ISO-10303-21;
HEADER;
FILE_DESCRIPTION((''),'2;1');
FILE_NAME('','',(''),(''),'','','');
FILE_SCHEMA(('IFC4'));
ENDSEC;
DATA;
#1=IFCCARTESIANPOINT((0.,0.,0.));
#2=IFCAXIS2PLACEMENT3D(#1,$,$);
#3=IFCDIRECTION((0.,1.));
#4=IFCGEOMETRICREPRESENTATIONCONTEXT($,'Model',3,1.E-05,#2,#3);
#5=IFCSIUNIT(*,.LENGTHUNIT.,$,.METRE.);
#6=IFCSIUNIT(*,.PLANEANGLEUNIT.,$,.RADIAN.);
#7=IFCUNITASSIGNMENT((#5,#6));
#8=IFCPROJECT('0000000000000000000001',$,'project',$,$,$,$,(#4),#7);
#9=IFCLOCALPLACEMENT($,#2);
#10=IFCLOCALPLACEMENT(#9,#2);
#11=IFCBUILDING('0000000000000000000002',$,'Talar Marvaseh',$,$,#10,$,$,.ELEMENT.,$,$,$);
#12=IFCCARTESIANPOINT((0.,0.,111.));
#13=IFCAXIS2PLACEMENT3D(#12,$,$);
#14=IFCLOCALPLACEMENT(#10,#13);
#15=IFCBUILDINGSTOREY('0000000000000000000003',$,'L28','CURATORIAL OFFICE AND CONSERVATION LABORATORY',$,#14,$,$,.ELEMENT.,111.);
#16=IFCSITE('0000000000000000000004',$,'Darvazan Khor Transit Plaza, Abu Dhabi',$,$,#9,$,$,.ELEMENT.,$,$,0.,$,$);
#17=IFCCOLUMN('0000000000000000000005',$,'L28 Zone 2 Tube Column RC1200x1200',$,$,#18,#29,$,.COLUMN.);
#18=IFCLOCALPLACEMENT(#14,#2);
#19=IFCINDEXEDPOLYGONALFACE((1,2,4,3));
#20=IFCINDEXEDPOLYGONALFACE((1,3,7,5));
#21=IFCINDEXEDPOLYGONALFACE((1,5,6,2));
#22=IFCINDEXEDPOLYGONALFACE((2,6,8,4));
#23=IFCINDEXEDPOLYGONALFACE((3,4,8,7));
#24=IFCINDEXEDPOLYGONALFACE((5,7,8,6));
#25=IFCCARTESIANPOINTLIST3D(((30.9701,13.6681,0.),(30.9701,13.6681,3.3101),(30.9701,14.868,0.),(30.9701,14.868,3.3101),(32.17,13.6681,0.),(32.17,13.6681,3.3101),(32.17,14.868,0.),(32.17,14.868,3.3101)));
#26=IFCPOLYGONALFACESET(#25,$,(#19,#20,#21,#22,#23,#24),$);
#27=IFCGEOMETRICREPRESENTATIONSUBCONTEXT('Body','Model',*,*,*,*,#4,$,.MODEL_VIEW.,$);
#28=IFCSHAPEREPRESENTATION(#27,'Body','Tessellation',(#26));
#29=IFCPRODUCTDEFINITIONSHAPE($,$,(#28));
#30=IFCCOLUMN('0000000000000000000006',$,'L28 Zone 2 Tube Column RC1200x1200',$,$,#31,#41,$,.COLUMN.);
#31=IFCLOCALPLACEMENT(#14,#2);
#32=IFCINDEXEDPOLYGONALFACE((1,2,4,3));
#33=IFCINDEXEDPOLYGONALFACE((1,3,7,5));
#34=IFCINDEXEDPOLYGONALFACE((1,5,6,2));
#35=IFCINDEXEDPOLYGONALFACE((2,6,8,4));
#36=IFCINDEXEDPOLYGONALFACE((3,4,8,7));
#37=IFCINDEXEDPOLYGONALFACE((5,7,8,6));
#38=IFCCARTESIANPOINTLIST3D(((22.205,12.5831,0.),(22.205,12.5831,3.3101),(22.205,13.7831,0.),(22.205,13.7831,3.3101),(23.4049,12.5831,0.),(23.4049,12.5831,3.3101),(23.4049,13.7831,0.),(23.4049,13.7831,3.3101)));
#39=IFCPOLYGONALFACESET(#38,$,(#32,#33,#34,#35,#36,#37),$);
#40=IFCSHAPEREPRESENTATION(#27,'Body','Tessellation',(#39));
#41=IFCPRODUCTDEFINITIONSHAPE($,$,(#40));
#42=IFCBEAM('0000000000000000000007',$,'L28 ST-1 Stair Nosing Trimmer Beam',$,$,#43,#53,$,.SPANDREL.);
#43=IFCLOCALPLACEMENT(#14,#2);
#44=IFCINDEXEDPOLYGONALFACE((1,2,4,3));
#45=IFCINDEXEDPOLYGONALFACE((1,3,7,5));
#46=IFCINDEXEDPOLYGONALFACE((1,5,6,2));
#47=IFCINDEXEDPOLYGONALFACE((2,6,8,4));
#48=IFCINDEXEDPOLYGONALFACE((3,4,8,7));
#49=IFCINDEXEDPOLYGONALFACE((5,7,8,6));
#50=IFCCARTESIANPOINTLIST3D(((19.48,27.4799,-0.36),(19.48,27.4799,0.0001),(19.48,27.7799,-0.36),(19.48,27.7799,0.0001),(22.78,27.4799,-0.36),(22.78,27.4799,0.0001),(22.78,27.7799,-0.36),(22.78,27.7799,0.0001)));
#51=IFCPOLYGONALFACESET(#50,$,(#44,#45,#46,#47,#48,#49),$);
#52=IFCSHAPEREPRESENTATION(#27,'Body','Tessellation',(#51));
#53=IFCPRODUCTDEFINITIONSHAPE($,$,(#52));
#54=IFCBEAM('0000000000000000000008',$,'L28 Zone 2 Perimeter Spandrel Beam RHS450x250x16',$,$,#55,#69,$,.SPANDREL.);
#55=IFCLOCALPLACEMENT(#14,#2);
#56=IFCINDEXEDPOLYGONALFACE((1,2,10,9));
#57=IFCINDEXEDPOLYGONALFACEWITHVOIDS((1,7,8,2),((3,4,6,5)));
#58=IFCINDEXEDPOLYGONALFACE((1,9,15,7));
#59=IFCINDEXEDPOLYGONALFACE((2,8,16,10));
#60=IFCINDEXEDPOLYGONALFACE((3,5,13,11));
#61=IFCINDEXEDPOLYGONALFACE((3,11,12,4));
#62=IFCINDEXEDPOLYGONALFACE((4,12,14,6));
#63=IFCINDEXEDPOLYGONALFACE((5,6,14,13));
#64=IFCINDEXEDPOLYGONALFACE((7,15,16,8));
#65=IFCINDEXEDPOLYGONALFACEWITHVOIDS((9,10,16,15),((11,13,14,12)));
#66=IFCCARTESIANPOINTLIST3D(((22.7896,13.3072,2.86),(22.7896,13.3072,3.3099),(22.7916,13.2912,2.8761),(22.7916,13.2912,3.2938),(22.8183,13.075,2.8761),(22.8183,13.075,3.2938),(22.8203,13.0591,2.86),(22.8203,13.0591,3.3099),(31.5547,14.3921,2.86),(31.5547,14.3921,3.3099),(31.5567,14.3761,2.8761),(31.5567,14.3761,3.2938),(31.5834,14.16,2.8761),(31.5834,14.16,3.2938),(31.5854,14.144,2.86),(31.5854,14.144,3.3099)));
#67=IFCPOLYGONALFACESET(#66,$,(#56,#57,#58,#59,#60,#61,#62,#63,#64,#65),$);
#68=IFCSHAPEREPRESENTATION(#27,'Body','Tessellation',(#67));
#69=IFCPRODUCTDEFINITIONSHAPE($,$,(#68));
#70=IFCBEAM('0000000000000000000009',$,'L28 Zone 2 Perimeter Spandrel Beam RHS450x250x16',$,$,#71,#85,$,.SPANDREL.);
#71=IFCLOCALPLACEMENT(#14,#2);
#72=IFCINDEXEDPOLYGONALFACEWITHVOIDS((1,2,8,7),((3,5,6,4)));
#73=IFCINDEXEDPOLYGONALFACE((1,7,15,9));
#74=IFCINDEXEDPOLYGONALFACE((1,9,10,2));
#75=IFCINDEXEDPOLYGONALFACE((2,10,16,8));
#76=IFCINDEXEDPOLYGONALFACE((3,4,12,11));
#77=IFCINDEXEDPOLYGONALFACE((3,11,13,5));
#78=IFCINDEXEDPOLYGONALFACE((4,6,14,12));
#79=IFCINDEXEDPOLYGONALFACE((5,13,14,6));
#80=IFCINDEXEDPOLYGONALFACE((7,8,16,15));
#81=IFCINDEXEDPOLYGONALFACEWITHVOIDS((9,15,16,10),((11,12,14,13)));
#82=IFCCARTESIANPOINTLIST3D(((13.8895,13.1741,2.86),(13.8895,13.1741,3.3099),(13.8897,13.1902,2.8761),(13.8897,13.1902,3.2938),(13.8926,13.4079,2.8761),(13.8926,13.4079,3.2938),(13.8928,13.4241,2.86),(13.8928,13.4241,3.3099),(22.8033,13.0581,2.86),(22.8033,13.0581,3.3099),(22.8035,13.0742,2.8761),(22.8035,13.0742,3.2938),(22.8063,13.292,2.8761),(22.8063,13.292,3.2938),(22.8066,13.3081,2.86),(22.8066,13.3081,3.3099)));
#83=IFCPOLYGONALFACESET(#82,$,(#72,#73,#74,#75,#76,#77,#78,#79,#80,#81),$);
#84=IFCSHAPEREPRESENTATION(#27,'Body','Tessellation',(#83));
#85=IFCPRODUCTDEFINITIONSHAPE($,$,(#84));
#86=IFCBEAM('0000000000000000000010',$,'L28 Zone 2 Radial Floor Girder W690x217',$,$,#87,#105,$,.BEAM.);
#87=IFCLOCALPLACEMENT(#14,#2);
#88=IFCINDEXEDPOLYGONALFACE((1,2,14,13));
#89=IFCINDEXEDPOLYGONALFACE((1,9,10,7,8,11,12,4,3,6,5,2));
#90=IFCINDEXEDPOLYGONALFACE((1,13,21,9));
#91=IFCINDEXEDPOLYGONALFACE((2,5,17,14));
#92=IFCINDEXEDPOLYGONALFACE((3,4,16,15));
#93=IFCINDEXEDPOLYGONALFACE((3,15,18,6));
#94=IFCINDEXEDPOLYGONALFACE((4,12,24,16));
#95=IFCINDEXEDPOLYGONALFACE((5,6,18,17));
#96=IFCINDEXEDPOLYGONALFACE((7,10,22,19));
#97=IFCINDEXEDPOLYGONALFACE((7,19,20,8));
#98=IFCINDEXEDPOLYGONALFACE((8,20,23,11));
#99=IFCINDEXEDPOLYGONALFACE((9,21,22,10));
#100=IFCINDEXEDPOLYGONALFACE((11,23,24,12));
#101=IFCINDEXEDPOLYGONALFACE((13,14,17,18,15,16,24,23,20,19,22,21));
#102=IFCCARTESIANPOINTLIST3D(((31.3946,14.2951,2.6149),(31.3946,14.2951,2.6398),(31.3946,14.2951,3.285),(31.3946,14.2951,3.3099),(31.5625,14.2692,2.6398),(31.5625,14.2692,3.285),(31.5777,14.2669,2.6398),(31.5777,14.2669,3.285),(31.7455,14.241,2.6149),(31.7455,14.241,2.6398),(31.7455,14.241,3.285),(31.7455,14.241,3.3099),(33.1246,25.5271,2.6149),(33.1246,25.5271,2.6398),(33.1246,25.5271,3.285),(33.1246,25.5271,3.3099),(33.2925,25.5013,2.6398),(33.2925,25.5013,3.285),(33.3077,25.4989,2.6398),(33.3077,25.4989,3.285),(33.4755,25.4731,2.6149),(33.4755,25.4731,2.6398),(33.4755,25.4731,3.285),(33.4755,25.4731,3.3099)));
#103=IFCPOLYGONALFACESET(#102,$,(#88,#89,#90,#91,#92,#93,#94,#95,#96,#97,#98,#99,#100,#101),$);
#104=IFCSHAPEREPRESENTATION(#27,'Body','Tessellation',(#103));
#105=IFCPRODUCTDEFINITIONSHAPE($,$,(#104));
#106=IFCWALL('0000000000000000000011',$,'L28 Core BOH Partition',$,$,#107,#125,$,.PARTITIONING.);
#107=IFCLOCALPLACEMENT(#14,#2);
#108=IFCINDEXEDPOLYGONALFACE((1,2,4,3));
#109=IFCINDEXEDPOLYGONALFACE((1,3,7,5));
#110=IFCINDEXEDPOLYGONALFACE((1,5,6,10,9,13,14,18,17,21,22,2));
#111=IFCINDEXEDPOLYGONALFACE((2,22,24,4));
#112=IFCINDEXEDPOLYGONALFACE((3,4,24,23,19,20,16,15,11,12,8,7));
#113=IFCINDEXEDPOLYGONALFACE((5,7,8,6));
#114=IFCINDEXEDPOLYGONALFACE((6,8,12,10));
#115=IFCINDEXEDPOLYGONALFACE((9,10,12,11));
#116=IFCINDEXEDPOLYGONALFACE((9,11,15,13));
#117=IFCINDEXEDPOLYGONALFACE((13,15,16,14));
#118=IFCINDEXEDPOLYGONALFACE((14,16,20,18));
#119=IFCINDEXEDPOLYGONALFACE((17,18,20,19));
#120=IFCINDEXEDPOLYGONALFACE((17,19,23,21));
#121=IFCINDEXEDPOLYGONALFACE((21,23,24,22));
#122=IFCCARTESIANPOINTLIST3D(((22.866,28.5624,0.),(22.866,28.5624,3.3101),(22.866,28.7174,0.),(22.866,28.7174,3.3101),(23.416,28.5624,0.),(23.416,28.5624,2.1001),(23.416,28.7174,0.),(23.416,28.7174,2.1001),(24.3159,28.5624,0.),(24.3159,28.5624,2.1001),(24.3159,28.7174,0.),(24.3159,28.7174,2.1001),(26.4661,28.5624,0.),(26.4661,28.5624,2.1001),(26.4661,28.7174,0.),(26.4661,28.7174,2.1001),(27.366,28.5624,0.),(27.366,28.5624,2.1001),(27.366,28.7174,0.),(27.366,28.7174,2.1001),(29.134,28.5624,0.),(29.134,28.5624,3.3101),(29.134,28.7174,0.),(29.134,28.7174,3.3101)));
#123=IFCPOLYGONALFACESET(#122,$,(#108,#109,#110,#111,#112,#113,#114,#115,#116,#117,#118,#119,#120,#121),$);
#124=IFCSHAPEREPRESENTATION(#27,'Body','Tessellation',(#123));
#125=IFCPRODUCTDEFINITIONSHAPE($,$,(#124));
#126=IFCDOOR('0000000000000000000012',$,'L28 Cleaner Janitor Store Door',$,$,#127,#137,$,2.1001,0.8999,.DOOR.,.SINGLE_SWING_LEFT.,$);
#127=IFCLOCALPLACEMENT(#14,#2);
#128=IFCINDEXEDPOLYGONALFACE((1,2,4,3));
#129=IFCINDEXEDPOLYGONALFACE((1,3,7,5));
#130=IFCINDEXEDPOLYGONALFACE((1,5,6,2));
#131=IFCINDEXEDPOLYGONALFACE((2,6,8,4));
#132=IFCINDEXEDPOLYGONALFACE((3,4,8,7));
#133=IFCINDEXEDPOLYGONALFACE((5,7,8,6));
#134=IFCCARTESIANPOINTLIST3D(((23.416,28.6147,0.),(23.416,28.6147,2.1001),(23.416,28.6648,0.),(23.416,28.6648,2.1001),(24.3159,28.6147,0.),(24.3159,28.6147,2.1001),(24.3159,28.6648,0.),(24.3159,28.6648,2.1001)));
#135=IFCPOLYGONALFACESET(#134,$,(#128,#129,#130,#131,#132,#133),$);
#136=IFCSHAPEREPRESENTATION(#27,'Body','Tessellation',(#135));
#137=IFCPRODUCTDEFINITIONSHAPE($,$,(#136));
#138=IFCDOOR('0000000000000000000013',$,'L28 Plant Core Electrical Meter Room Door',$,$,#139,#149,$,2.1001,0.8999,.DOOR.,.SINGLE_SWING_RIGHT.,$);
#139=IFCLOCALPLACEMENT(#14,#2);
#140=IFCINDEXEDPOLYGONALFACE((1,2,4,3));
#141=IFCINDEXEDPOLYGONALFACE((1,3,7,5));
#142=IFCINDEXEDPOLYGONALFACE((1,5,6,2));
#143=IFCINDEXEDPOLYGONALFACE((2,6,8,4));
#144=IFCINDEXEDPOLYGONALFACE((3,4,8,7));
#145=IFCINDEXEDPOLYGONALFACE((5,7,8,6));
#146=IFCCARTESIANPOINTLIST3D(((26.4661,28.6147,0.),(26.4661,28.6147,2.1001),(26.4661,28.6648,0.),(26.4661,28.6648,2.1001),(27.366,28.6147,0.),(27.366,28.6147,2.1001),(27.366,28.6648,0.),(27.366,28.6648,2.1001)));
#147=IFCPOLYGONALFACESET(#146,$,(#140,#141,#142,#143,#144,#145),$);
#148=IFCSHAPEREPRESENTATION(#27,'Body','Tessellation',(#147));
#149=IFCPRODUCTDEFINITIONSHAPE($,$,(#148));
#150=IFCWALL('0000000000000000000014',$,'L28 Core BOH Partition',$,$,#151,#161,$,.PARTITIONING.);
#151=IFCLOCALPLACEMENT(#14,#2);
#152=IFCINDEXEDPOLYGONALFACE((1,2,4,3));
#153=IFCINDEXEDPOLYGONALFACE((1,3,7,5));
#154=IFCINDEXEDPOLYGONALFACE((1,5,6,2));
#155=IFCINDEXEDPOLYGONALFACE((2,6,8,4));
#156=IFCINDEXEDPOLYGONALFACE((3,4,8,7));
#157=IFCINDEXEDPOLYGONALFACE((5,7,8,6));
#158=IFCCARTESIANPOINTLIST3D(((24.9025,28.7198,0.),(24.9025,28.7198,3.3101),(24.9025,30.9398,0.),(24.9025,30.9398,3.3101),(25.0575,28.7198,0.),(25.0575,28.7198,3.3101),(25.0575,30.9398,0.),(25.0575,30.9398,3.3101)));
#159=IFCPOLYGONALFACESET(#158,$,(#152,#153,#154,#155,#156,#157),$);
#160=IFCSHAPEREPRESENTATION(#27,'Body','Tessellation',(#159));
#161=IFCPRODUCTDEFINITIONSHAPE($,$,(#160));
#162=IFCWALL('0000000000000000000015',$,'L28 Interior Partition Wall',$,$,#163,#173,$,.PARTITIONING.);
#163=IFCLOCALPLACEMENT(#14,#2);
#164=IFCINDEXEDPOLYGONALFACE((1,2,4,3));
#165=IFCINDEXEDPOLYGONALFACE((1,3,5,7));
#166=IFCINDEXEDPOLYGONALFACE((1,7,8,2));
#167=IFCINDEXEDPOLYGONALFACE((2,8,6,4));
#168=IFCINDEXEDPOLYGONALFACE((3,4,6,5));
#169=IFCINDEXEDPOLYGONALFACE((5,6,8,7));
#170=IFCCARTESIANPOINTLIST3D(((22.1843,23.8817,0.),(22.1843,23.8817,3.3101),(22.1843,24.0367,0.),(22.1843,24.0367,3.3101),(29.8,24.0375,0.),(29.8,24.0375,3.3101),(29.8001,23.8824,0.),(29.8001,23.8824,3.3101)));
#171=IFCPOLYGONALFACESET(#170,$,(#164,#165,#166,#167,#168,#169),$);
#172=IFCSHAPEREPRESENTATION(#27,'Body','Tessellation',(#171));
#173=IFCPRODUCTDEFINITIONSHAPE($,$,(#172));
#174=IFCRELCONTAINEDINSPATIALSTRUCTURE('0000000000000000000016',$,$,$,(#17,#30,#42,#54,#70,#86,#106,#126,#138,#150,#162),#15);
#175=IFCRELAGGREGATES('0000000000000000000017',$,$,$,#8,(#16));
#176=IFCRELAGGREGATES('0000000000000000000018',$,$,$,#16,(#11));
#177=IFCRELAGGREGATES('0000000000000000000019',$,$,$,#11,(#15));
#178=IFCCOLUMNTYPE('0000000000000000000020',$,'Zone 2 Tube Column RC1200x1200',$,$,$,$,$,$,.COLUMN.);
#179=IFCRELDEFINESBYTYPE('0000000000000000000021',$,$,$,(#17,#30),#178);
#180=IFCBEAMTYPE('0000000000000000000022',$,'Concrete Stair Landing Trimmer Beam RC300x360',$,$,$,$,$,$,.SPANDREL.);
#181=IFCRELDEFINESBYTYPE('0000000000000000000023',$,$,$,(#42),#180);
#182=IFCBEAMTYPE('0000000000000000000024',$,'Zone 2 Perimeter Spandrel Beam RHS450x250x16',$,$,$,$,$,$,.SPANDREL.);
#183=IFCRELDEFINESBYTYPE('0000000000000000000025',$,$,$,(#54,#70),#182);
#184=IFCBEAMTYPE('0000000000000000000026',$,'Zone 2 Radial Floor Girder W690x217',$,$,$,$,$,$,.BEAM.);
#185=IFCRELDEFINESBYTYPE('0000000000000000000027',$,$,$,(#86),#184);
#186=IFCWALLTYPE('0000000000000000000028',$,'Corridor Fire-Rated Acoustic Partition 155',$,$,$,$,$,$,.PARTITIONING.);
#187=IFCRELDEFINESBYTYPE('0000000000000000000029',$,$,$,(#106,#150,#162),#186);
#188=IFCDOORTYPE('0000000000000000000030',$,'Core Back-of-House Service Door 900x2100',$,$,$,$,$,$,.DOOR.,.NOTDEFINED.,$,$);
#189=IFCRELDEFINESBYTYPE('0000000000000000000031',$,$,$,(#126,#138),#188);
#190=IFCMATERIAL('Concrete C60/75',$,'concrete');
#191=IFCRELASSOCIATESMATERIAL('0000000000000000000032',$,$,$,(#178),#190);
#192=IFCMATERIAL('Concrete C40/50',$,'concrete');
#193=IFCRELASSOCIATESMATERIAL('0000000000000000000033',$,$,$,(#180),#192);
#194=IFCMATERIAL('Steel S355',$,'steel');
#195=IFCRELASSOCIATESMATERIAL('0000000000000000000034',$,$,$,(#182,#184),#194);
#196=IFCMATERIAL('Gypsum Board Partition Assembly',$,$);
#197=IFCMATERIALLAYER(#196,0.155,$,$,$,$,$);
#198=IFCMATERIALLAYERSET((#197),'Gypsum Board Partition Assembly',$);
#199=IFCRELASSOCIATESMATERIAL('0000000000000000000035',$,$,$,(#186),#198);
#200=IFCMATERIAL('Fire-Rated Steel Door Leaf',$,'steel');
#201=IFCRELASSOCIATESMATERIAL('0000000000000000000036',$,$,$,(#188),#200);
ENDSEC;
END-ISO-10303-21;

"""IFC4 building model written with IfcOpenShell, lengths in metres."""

from ifc_helpers import new_model, si_unit, direction, frame, frame_2d, origin, origin_2d, place, context, subcontext, project, spatial, rectangle, hollow_rectangle, i_section, extrude, source, transform, mapped, material, layer, layer_set, material_profile, profile_set, type_object, type_shapes, element, fill, save


model = new_model("IFC4")

# Units and contexts
model_context = context("Model", 3, precision=1e-05, world=origin(), true_north=direction((0.0, 1.0)))
body_context = subcontext(model_context, "Body", "Model", "MODEL_VIEW")
ifc_project = project(units=[si_unit("LENGTHUNIT", "METRE"), si_unit("PLANEANGLEUNIT", "RADIAN")], contexts=[model_context])

# Site, building, storey
site_placement = place(None, origin())
site = spatial("IfcSite", under=ifc_project, at=site_placement, Name="Darvazan Khor Transit Plaza, Abu Dhabi", CompositionType="ELEMENT", RefElevation=0.0)
building_placement = place(site_placement, origin())
building = spatial("IfcBuilding", under=site, at=building_placement, Name="Talar Marvaseh", CompositionType="ELEMENT")
storey_placement = place(building_placement, frame((0.0, 0.0, 111.0)))
storey = spatial("IfcBuildingStorey", under=building, at=storey_placement, Name="L28", Description="CURATORIAL OFFICE AND CONSERVATION LABORATORY", CompositionType="ELEMENT", Elevation=111.0)

# Columns
ifc_material_1 = material(Name="Concrete C60/75", Category="concrete")
ifc_material_profile_1 = material_profile(ifc_material_1, rectangle(XDim=1.2, YDim=1.2, at=origin_2d()), Name="RC1200x1200")
ifc_profile_set_1 = profile_set([ifc_material_profile_1], Name="Concrete C60/75")
column_type = type_object("IfcColumnType", Name="Zone 2 Tube Column RC1200x1200", PredefinedType="COLUMN", material=ifc_profile_set_1)
for number, where, z_axis, x_axis, name in (
    (1, (31.5701, 14.2681, 0.0), (0.0, 0.0, 1.0), (1.0, 0.0, 0.0), "L28 Zone 2 Tube Column RC1200x1200"),
    (2, (22.8049, 13.1831, 0.0), (0.0, 0.0, 1.0), (1.0, 0.0, 0.0), "L28 Zone 2 Tube Column RC1200x1200"),
):
    element("IfcColumn", number, at=place(storey_placement, frame(where, z_axis=z_axis, x_axis=x_axis)), inside=storey, type_object=column_type, Name=name, PredefinedType="COLUMN", context=body_context, shape_type="SweptSolid", body=[
        extrude(rectangle(XDim=1.2, YDim=1.2, at=origin_2d()), origin(), (0.0, 0.0, 1.0), 3.3101),
    ])

# Beams
ifc_material_2 = material(Name="Concrete C40/50", Category="concrete")
ifc_material_profile_2 = material_profile(ifc_material_2, rectangle(XDim=0.3, YDim=0.3601, at=origin_2d()), Name="RC300x360")
ifc_profile_set_2 = profile_set([ifc_material_profile_2], Name="Concrete C40/50")
beam_type_1 = type_object("IfcBeamType", Name="Concrete Stair Landing Trimmer Beam RC300x360", PredefinedType="SPANDREL", material=ifc_profile_set_2)
beam_1_placement = place(storey_placement, frame((22.78, 27.6299, -0.1799), z_axis=(-1.0, 0.0, 0.0), x_axis=(0.0, -1.0, 0.0)))
element("IfcBeam", 3, at=beam_1_placement, inside=storey, type_object=beam_type_1, Name="L28 ST-1 Stair Nosing Trimmer Beam", PredefinedType="SPANDREL", context=body_context, shape_type="SweptSolid", body=[
    extrude(rectangle(XDim=0.3, YDim=0.3601, at=origin_2d()), origin(), (0.0, 0.0, 1.0), 3.3),
])
ifc_material_3 = material(Name="Steel S355", Category="steel")
ifc_material_profile_3 = material_profile(ifc_material_3, hollow_rectangle(XDim=0.25, YDim=0.45, WallThickness=0.0161, at=origin_2d()), Name="RHS450x250x16")
ifc_profile_set_3 = profile_set([ifc_material_profile_3], Name="Steel S355")
beam_type_2 = type_object("IfcBeamType", Name="Zone 2 Perimeter Spandrel Beam RHS450x250x16", PredefinedType="SPANDREL", material=ifc_profile_set_3)
beam_2_placement = place(storey_placement, frame((31.5701, 14.2681, 3.085), z_axis=(-0.992426, -0.122844, 0.0), x_axis=(0.122844, -0.992426, 0.0)))
element("IfcBeam", 4, at=beam_2_placement, inside=storey, type_object=beam_type_2, Name="L28 Zone 2 Perimeter Spandrel Beam RHS450x250x16", PredefinedType="SPANDREL", context=body_context, shape_type="SweptSolid", body=[
    extrude(hollow_rectangle(XDim=0.25, YDim=0.45, WallThickness=0.0161, at=origin_2d()), origin(), (0.0, 0.0, 1.0), 8.832),
])
beam_3_placement = place(storey_placement, frame((22.8049, 13.1831, 3.085), z_axis=(-0.999915, 0.013009, 0.0), x_axis=(-0.013009, -0.999915, 0.0)))
element("IfcBeam", 5, at=beam_3_placement, inside=storey, type_object=beam_type_2, Name="L28 Zone 2 Perimeter Spandrel Beam RHS450x250x16", PredefinedType="SPANDREL", context=body_context, shape_type="SweptSolid", body=[
    extrude(hollow_rectangle(XDim=0.25, YDim=0.45, WallThickness=0.0161, at=origin_2d()), origin(), (0.0, 0.0, 1.0), 8.9146),
])
ifc_material_profile_4 = material_profile(ifc_material_3, i_section(OverallWidth=0.355, OverallDepth=0.6951, WebThickness=0.0154, FlangeThickness=0.0249, at=origin_2d()), Name="W690x217")
ifc_profile_set_4 = profile_set([ifc_material_profile_4], Name="Steel S355")
beam_type_3 = type_object("IfcBeamType", Name="Zone 2 Radial Floor Girder W690x217", PredefinedType="BEAM", material=ifc_profile_set_4)
beam_4_placement = place(storey_placement, frame((31.5701, 14.2681, 2.9624), z_axis=(0.152228, 0.988345, 0.0), x_axis=(-0.988345, 0.152228, 0.0)))
element("IfcBeam", 6, at=beam_4_placement, inside=storey, type_object=beam_type_3, Name="L28 Zone 2 Radial Floor Girder W690x217", PredefinedType="BEAM", context=body_context, shape_type="SweptSolid", body=[
    extrude(i_section(OverallWidth=0.355, OverallDepth=0.6951, WebThickness=0.0154, FlangeThickness=0.0249, at=origin_2d()), origin(), (0.0, 0.0, 1.0), 11.3645),
])

# Wall, openings, doors
ifc_material_4 = material(Name="Gypsum Board Partition Assembly")
ifc_layer_1 = layer(ifc_material_4, 0.155)
ifc_layer_set_1 = layer_set([ifc_layer_1], Name="Gypsum Board Partition Assembly")
wall_type_1 = type_object("IfcWallType", Name="Corridor Fire-Rated Acoustic Partition 155", PredefinedType="PARTITIONING", material=ifc_layer_set_1)
wall_1_placement = place(storey_placement, frame((22.866, 28.6399, 0.0), z_axis=(0.0, 0.0, 1.0), x_axis=(1.0, 0.0, 0.0)))
wall_1 = element("IfcWall", 7, at=wall_1_placement, inside=storey, type_object=wall_type_1, Name="L28 Core BOH Partition", PredefinedType="PARTITIONING", context=body_context, shape_type="SweptSolid", body=[
    extrude(rectangle(XDim=6.2681, YDim=0.155, at=frame_2d((3.134, 0.0))), origin(), (0.0, 0.0, 1.0), 3.3101),
])
opening_1_placement = place(wall_1_placement, frame((0.55, 0.0, 0.0)))
opening_1 = element("IfcOpeningElement", 8, at=opening_1_placement, cuts=wall_1, PredefinedType="OPENING", context=body_context, shape_type="SweptSolid", body=[
    extrude(rectangle(XDim=0.8999, YDim=2.1001, at=frame_2d((0.45, 1.05))), frame((0.0, 0.0874, 0.0), z_axis=(0.0, -1.0, 0.0), x_axis=(1.0, 0.0, 0.0)), (0.0, 0.0, 1.0), 0.175),
])
opening_2_placement = place(wall_1_placement, frame((3.6001, 0.0, 0.0)))
opening_2 = element("IfcOpeningElement", 9, at=opening_2_placement, cuts=wall_1, PredefinedType="OPENING", context=body_context, shape_type="SweptSolid", body=[
    extrude(rectangle(XDim=0.8999, YDim=2.1001, at=frame_2d((0.45, 1.05))), frame((0.0, 0.0874, 0.0), z_axis=(0.0, -1.0, 0.0), x_axis=(1.0, 0.0, 0.0)), (0.0, 0.0, 1.0), 0.175),
])
ifc_material_5 = material(Name="Fire-Rated Steel Door Leaf", Category="steel")
door_type_1 = type_object("IfcDoorType", Name="Core Back-of-House Service Door 900x2100", OperationType="NOTDEFINED", PredefinedType="DOOR", material=ifc_material_5)
shared_shape_1 = source(origin(), body_context, "Body", "SweptSolid", [
    extrude(rectangle(XDim=0.8999, YDim=2.1001, at=frame_2d((0.45, 1.05))), frame((0.0, 0.0249, 0.0), z_axis=(0.0, -1.0, 0.0), x_axis=(1.0, 0.0, 0.0)), (0.0, 0.0, 1.0), 0.05),
])
type_shapes(door_type_1, [shared_shape_1])
door_1_placement = place(opening_1_placement, origin())
door_1 = element("IfcDoor", 10, at=door_1_placement, inside=storey, type_object=door_type_1, Name="L28 Cleaner Janitor Store Door", OperationType="SINGLE_SWING_LEFT", OverallHeight=2.1001, OverallWidth=0.8999, PredefinedType="DOOR", context=body_context, shape_type="MappedRepresentation", body=[
    mapped(shared_shape_1, transform((0.0, 0.0, 0.0), x_axis=(1.0, 0.0, 0.0), y_axis=(0.0, 1.0, 0.0), z_axis=(0.0, 0.0, 1.0), scale=1.0)),
])
fill(opening_1, door_1)
door_2_placement = place(opening_2_placement, origin())
door_2 = element("IfcDoor", 11, at=door_2_placement, inside=storey, type_object=door_type_1, Name="L28 Plant Core Electrical Meter Room Door", OperationType="SINGLE_SWING_RIGHT", OverallHeight=2.1001, OverallWidth=0.8999, PredefinedType="DOOR", context=body_context, shape_type="MappedRepresentation", body=[
    mapped(shared_shape_1, transform((0.0, 0.0, 0.0), x_axis=(1.0, 0.0, 0.0), y_axis=(0.0, 1.0, 0.0), z_axis=(0.0, 0.0, 1.0), scale=1.0)),
])
fill(opening_2, door_2)

# Walls
wall_2_placement = place(storey_placement, frame((24.98, 28.72, 0.0), z_axis=(0.0, 0.0, 1.0), x_axis=(0.0, 1.0, 0.0)))
element("IfcWall", 12, at=wall_2_placement, inside=storey, type_object=wall_type_1, Name="L28 Core BOH Partition", PredefinedType="PARTITIONING", context=body_context, shape_type="SweptSolid", body=[
    extrude(rectangle(XDim=2.22, YDim=0.155, at=frame_2d((1.1099, 0.0))), origin(), (0.0, 0.0, 1.0), 3.3101),
])
wall_3_placement = place(storey_placement, frame((29.8, 23.96, 0.0), z_axis=(0.0, 0.0, 1.0), x_axis=(-1.0, -0.000096, 0.0)))
element("IfcWall", 13, at=wall_3_placement, inside=storey, type_object=wall_type_1, Name="L28 Interior Partition Wall", PredefinedType="PARTITIONING", context=body_context, shape_type="SweptSolid", body=[
    extrude(rectangle(XDim=7.6157, YDim=0.155, at=frame_2d((3.8079, 0.0))), origin(), (0.0, 0.0, 1.0), 3.3101),
])

save(model, "model.ifc")
